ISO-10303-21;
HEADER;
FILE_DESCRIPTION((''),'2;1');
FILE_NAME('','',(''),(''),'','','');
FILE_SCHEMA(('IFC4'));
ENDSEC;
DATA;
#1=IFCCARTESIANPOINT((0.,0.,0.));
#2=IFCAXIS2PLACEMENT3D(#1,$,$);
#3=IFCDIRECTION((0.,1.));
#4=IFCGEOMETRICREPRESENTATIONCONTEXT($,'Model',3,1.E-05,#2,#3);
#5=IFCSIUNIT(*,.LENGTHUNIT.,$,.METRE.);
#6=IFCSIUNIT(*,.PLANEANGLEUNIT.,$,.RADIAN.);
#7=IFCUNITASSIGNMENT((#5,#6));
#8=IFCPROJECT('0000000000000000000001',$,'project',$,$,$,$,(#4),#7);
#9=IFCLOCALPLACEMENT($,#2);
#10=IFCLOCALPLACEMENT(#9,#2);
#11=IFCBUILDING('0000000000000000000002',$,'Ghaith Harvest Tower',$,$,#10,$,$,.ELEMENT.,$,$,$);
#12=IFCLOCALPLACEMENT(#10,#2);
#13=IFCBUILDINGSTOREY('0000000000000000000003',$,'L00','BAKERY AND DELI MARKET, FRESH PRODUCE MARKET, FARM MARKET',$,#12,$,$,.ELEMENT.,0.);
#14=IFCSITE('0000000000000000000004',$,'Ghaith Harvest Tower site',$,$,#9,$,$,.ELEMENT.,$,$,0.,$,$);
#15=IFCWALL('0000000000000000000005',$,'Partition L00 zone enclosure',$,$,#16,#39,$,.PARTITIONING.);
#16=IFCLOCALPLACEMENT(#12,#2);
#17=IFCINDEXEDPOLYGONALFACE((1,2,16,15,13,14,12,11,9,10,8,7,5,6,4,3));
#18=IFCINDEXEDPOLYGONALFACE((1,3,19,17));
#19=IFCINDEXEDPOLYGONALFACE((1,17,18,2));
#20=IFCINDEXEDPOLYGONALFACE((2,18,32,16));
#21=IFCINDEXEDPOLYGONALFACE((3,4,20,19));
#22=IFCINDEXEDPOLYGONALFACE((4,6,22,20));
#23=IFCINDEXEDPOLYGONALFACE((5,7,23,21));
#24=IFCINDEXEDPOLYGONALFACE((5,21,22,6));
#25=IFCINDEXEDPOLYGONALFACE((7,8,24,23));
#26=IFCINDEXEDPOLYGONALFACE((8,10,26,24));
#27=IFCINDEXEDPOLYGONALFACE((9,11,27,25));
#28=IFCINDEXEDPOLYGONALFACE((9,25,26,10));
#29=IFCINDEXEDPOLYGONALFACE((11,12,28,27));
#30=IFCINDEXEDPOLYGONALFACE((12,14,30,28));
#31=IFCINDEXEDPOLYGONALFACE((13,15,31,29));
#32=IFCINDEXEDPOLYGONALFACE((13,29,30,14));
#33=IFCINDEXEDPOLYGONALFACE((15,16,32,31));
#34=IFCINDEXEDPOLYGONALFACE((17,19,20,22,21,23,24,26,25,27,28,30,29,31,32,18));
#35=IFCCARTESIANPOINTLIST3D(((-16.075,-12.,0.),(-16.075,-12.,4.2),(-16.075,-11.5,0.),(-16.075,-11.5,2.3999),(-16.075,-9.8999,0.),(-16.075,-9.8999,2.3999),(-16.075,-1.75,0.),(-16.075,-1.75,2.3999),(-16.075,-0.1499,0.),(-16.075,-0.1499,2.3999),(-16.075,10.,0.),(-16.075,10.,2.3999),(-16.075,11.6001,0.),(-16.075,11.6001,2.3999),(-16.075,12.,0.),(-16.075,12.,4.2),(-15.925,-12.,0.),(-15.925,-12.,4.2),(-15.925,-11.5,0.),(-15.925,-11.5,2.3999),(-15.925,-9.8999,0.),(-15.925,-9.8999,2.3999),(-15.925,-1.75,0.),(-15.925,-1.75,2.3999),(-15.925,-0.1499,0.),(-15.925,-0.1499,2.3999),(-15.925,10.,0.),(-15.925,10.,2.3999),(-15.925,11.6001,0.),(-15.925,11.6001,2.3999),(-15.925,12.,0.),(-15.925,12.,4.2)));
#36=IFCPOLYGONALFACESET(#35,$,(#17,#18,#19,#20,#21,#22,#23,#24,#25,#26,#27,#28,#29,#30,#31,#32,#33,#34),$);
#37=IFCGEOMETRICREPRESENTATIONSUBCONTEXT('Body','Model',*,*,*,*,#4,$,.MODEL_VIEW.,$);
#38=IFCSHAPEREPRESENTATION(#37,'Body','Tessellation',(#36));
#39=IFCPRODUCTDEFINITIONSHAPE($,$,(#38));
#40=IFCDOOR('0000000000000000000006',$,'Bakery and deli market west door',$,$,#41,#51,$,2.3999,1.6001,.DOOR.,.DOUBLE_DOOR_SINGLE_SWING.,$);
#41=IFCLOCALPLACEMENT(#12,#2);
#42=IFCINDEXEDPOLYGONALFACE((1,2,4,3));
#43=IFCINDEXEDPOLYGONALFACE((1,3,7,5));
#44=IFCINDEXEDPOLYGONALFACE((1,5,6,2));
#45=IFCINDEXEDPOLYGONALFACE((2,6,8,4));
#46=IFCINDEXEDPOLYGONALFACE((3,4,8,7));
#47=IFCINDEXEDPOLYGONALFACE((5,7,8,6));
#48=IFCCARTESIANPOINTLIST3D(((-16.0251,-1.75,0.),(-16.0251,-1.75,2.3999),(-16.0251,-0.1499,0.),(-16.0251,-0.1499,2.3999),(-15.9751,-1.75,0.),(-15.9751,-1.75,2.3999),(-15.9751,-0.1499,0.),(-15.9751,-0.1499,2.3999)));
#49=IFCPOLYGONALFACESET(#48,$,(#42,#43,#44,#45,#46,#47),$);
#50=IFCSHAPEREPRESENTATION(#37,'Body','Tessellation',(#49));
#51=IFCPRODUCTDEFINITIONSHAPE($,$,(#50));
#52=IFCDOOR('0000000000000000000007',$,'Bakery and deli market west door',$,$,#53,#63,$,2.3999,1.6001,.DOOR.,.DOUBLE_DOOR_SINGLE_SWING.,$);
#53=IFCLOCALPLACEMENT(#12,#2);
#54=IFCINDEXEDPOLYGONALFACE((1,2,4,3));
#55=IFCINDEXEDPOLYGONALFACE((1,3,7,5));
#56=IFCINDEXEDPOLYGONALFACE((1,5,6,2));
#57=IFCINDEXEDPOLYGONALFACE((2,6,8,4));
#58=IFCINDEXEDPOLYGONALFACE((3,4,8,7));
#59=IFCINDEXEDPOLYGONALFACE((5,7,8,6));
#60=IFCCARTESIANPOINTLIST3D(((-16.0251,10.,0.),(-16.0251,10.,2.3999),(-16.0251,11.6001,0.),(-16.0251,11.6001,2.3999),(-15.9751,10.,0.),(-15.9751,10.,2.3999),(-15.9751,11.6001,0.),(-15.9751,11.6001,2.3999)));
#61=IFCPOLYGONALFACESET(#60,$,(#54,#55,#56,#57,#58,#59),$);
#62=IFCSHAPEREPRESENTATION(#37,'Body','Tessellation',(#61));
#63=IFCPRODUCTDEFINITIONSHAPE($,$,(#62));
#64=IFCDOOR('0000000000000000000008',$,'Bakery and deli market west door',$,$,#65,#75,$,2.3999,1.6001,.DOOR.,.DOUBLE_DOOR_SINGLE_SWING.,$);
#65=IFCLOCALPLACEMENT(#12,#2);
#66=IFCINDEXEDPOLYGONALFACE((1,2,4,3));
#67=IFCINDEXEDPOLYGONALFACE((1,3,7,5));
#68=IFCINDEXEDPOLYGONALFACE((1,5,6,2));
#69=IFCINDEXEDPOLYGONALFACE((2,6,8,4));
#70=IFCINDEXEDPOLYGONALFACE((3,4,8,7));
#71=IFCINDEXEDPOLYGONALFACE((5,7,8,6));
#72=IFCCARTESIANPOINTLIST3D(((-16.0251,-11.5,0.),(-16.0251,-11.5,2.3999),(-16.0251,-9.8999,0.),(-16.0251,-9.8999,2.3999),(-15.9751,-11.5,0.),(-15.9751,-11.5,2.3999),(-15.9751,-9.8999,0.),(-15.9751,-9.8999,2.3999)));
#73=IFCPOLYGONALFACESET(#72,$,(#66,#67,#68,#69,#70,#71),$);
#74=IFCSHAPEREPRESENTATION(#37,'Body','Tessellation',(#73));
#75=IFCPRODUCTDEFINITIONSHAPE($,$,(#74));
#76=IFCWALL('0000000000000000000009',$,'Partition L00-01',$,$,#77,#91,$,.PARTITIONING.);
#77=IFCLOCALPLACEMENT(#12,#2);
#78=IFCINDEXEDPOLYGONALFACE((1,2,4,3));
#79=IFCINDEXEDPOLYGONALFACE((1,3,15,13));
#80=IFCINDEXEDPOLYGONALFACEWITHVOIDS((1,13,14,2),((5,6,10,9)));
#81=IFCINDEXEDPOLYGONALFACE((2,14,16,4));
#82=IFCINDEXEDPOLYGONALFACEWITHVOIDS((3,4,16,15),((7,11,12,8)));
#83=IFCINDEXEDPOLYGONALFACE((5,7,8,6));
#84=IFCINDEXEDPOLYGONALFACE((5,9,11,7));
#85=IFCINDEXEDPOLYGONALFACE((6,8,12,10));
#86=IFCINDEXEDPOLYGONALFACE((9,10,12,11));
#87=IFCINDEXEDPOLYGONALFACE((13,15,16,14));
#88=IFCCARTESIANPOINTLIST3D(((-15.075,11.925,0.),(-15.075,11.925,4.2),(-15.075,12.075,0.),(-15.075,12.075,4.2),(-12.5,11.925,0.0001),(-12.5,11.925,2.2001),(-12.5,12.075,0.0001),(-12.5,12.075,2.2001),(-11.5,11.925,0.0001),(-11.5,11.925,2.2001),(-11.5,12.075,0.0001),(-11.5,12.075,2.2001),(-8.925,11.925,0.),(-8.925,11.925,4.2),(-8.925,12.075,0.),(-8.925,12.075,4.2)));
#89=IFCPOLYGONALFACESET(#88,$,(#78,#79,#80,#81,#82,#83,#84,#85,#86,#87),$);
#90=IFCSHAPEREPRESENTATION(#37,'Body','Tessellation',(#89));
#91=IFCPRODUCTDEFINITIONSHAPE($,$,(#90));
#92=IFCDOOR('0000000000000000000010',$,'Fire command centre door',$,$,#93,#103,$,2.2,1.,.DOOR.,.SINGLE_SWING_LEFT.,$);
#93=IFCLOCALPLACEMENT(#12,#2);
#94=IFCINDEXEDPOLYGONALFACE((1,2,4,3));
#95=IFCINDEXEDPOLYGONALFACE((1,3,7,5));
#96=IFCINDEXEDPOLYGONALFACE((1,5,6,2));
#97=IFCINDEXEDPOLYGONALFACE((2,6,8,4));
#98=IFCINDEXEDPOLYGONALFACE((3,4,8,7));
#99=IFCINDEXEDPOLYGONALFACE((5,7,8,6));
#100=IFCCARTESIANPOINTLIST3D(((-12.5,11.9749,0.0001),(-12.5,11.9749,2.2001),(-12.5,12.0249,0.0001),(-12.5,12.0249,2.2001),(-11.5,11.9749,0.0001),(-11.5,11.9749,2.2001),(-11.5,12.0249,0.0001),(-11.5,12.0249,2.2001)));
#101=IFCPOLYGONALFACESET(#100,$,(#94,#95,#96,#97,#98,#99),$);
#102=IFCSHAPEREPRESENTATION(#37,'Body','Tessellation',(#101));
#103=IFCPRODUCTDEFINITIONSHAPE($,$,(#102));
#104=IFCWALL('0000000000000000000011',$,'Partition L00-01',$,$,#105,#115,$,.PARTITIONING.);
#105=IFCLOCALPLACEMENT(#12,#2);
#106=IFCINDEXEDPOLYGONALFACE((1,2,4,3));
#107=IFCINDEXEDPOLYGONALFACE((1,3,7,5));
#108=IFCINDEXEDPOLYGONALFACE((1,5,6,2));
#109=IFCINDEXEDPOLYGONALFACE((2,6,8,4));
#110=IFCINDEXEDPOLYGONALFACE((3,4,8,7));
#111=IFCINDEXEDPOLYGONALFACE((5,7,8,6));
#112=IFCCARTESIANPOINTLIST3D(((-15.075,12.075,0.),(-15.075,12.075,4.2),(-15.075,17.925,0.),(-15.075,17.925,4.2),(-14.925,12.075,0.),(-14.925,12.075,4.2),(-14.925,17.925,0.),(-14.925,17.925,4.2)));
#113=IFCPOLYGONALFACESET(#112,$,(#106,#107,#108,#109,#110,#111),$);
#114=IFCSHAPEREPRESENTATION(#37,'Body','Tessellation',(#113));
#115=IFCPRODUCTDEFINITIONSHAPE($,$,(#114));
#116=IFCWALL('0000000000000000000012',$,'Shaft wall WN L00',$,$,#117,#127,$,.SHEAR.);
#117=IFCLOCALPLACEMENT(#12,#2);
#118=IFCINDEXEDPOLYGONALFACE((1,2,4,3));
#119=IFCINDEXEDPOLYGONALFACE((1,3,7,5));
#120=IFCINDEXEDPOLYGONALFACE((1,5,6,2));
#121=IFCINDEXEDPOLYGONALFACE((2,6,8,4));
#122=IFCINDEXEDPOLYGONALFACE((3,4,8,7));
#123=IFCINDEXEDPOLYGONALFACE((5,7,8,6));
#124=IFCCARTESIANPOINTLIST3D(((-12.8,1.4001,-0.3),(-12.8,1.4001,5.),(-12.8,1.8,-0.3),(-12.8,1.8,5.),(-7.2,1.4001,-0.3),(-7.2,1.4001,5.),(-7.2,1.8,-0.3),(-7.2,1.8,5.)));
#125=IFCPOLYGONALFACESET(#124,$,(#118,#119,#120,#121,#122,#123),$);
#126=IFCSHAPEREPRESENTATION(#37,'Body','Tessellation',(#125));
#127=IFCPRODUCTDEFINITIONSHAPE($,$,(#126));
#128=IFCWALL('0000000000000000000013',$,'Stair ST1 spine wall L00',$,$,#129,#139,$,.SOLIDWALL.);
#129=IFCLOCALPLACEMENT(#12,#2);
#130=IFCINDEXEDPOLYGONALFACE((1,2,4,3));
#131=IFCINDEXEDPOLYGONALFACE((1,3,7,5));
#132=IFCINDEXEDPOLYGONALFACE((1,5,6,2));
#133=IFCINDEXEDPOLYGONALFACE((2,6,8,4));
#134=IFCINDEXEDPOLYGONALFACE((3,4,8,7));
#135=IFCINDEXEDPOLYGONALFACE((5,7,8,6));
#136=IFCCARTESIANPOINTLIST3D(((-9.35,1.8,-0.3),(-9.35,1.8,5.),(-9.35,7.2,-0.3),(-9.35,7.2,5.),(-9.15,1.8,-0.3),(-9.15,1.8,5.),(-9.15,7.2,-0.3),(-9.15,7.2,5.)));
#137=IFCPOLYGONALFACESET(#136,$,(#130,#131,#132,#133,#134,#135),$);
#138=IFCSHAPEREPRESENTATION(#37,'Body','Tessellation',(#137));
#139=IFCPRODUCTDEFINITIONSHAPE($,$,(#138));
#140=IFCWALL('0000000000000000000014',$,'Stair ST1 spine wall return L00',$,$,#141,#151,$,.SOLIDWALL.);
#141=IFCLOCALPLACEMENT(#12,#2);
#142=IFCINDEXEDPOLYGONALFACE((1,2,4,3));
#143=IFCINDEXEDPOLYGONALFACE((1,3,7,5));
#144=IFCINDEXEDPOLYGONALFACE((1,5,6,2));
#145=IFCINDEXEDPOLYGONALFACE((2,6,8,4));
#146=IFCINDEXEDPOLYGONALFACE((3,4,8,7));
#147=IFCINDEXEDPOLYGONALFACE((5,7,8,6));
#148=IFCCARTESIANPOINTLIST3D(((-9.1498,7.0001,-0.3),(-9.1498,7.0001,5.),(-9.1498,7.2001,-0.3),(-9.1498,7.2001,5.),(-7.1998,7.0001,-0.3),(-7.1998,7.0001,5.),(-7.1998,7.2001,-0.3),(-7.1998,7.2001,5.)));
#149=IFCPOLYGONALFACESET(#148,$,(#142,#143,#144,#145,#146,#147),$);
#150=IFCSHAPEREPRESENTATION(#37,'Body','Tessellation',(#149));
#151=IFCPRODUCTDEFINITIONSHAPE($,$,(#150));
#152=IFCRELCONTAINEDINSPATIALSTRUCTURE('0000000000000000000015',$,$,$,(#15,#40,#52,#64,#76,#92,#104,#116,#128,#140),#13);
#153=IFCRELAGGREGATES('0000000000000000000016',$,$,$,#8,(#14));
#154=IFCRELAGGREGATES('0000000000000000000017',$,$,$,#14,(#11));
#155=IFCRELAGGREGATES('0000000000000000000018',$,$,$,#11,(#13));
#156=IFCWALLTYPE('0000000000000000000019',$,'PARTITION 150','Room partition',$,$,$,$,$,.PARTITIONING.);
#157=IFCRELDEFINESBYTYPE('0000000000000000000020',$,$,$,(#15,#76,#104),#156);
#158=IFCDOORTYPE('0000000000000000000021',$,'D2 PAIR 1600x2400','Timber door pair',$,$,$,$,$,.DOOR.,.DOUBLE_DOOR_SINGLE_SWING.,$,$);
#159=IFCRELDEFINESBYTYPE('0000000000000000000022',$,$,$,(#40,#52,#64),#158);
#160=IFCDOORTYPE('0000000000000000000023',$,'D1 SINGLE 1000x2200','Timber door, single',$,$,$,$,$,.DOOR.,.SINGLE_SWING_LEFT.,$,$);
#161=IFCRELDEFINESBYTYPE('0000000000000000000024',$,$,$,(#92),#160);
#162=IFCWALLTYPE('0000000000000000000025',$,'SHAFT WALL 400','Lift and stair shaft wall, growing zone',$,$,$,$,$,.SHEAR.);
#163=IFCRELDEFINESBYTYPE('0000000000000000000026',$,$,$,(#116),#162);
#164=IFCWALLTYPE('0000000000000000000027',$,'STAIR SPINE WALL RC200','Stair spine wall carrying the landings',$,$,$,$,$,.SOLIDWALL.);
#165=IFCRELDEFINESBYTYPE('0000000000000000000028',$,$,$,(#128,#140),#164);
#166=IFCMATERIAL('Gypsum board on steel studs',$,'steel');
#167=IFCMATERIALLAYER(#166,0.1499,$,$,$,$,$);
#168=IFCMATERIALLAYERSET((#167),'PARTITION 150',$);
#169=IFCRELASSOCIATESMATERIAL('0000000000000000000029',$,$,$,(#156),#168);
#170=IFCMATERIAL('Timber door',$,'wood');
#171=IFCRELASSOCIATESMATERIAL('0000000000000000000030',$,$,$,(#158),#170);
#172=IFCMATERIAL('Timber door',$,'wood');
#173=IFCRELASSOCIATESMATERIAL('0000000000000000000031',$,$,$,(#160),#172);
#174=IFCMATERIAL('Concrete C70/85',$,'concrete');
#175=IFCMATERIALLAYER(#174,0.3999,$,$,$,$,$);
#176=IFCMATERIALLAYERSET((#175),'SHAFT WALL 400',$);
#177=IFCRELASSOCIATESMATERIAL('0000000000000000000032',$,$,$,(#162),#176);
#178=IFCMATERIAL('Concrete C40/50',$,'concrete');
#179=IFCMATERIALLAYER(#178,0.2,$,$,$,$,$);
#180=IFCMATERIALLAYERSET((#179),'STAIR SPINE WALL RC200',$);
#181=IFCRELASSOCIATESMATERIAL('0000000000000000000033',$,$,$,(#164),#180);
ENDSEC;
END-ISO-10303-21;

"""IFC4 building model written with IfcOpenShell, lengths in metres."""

from ifc_helpers import new_model, si_unit, direction, frame, frame_2d, origin, place, context, subcontext, project, spatial, rectangle, extrude, material, layer, layer_set, type_object, element, fill, save


model = new_model("IFC4")

# Units and contexts
model_context = context("Model", 3, precision=1e-05, world=origin(), true_north=direction((0.0, 1.0)))
body_context = subcontext(model_context, "Body", "Model", "MODEL_VIEW")
ifc_project = project(units=[si_unit("LENGTHUNIT", "METRE"), si_unit("PLANEANGLEUNIT", "RADIAN")], contexts=[model_context])

# Site, building, storey
site_placement = place(None, origin())
site = spatial("IfcSite", under=ifc_project, at=site_placement, Name="Ghaith Harvest Tower site", CompositionType="ELEMENT", RefElevation=0.0)
building_placement = place(site_placement, origin())
building = spatial("IfcBuilding", under=site, at=building_placement, Name="Ghaith Harvest Tower", CompositionType="ELEMENT")
storey_placement = place(building_placement, origin())
storey = spatial("IfcBuildingStorey", under=building, at=storey_placement, Name="L00", Description="BAKERY AND DELI MARKET, FRESH PRODUCE MARKET, FARM MARKET", CompositionType="ELEMENT", Elevation=0.0)

# Shared definitions
ifc_material_1 = material(Name="Gypsum board on steel studs", Category="steel")
ifc_layer_1 = layer(ifc_material_1, 0.1499)
ifc_layer_set_1 = layer_set([ifc_layer_1], Name="PARTITION 150")
wall_type_1 = type_object("IfcWallType", Name="PARTITION 150", Description="Room partition", PredefinedType="PARTITIONING", material=ifc_layer_set_1)

# Wall, openings, doors
wall_1_placement = place(storey_placement, frame((-16.0, 12.0, 0.0), z_axis=(0.0, 0.0, 1.0), x_axis=(0.0, -1.0, 0.0)))
wall_1 = element("IfcWall", 1, at=wall_1_placement, inside=storey, type_object=wall_type_1, Name="Partition L00 zone enclosure", PredefinedType="PARTITIONING", context=body_context, shape_type="SweptSolid", body=[
    extrude(rectangle(XDim=24.0, YDim=0.1499, at=frame_2d((12.0, 0.0))), origin(), (0.0, 0.0, 1.0), 4.2),
])
opening_1_placement = place(wall_1_placement, frame((12.1499, 0.0, 0.0)))
opening_1 = element("IfcOpeningElement", 2, at=opening_1_placement, cuts=wall_1, PredefinedType="OPENING", context=body_context, shape_type="SweptSolid", body=[
    extrude(rectangle(XDim=1.6001, YDim=2.3999, at=frame_2d((0.8, 1.2))), frame((0.0, 0.085, 0.0), z_axis=(0.0, -1.0, 0.0), x_axis=(1.0, 0.0, 0.0)), (0.0, 0.0, 1.0), 0.1699),
])
opening_2_placement = place(wall_1_placement, frame((0.3999, 0.0, 0.0)))
opening_2 = element("IfcOpeningElement", 3, at=opening_2_placement, cuts=wall_1, PredefinedType="OPENING", context=body_context, shape_type="SweptSolid", body=[
    extrude(rectangle(XDim=1.6001, YDim=2.3999, at=frame_2d((0.8, 1.2))), frame((0.0, 0.085, 0.0), z_axis=(0.0, -1.0, 0.0), x_axis=(1.0, 0.0, 0.0)), (0.0, 0.0, 1.0), 0.1699),
])
opening_3_placement = place(wall_1_placement, frame((21.8999, 0.0, 0.0)))
opening_3 = element("IfcOpeningElement", 4, at=opening_3_placement, cuts=wall_1, PredefinedType="OPENING", context=body_context, shape_type="SweptSolid", body=[
    extrude(rectangle(XDim=1.6001, YDim=2.3999, at=frame_2d((0.8, 1.2))), frame((0.0, 0.085, 0.0), z_axis=(0.0, -1.0, 0.0), x_axis=(1.0, 0.0, 0.0)), (0.0, 0.0, 1.0), 0.1699),
])
ifc_material_2 = material(Name="Timber door", Category="wood")
door_type_1 = type_object("IfcDoorType", Name="D2 PAIR 1600x2400", Description="Timber door pair", OperationType="DOUBLE_DOOR_SINGLE_SWING", PredefinedType="DOOR", material=ifc_material_2)
door_1_placement = place(opening_1_placement, origin())
door_1 = element("IfcDoor", 5, at=door_1_placement, inside=storey, type_object=door_type_1, Name="Bakery and deli market west door", OperationType="DOUBLE_DOOR_SINGLE_SWING", OverallHeight=2.3999, OverallWidth=1.6001, PredefinedType="DOOR", context=body_context, shape_type="SweptSolid", body=[
    extrude(rectangle(XDim=1.6001, YDim=2.3999, at=frame_2d((0.8, 1.2))), frame((0.0, 0.0249, 0.0), z_axis=(0.0, -1.0, 0.0), x_axis=(1.0, 0.0, 0.0)), (0.0, 0.0, 1.0), 0.05),
])
fill(opening_1, door_1)
door_2_placement = place(opening_2_placement, origin())
door_2 = element("IfcDoor", 6, at=door_2_placement, inside=storey, type_object=door_type_1, Name="Bakery and deli market west door", OperationType="DOUBLE_DOOR_SINGLE_SWING", OverallHeight=2.3999, OverallWidth=1.6001, PredefinedType="DOOR", context=body_context, shape_type="SweptSolid", body=[
    extrude(rectangle(XDim=1.6001, YDim=2.3999, at=frame_2d((0.8, 1.2))), frame((0.0, 0.0249, 0.0), z_axis=(0.0, -1.0, 0.0), x_axis=(1.0, 0.0, 0.0)), (0.0, 0.0, 1.0), 0.05),
])
fill(opening_2, door_2)
door_3_placement = place(opening_3_placement, origin())
door_3 = element("IfcDoor", 7, at=door_3_placement, inside=storey, type_object=door_type_1, Name="Bakery and deli market west door", OperationType="DOUBLE_DOOR_SINGLE_SWING", OverallHeight=2.3999, OverallWidth=1.6001, PredefinedType="DOOR", context=body_context, shape_type="SweptSolid", body=[
    extrude(rectangle(XDim=1.6001, YDim=2.3999, at=frame_2d((0.8, 1.2))), frame((0.0, 0.0249, 0.0), z_axis=(0.0, -1.0, 0.0), x_axis=(1.0, 0.0, 0.0)), (0.0, 0.0, 1.0), 0.05),
])
fill(opening_3, door_3)

# Wall, opening, door
wall_2_placement = place(storey_placement, frame((-15.075, 12.0, 0.0), z_axis=(0.0, 0.0, 1.0), x_axis=(1.0, 0.0, 0.0)))
wall_2 = element("IfcWall", 8, at=wall_2_placement, inside=storey, type_object=wall_type_1, Name="Partition L00-01", PredefinedType="PARTITIONING", context=body_context, shape_type="SweptSolid", body=[
    extrude(rectangle(XDim=6.1499, YDim=0.1499, at=frame_2d((3.075, 0.0))), origin(), (0.0, 0.0, 1.0), 4.2),
])
opening_4_placement = place(wall_2_placement, frame((2.575, 0.0, 0.0)))
opening_4 = element("IfcOpeningElement", 9, at=opening_4_placement, cuts=wall_2, PredefinedType="OPENING", context=body_context, shape_type="SweptSolid", body=[
    extrude(rectangle(XDim=1.0, YDim=2.2, at=frame_2d((0.5, 1.1001))), frame((0.0, 0.085, 0.0), z_axis=(0.0, -1.0, 0.0), x_axis=(1.0, 0.0, 0.0)), (0.0, 0.0, 1.0), 0.1699),
])
ifc_material_3 = material(Name="Timber door", Category="wood")
door_type_2 = type_object("IfcDoorType", Name="D1 SINGLE 1000x2200", Description="Timber door, single", OperationType="SINGLE_SWING_LEFT", PredefinedType="DOOR", material=ifc_material_3)
door_4_placement = place(opening_4_placement, origin())
door_4 = element("IfcDoor", 10, at=door_4_placement, inside=storey, type_object=door_type_2, Name="Fire command centre door", OperationType="SINGLE_SWING_LEFT", OverallHeight=2.2, OverallWidth=1.0, PredefinedType="DOOR", context=body_context, shape_type="SweptSolid", body=[
    extrude(rectangle(XDim=1.0, YDim=2.2, at=frame_2d((0.5, 1.1001))), frame((0.0, 0.0249, 0.0), z_axis=(0.0, -1.0, 0.0), x_axis=(1.0, 0.0, 0.0)), (0.0, 0.0, 1.0), 0.05),
])
fill(opening_4, door_4)

# Walls
wall_3_placement = place(storey_placement, frame((-15.0, 12.075, 0.0), z_axis=(0.0, 0.0, 1.0), x_axis=(0.0, 1.0, 0.0)))
element("IfcWall", 11, at=wall_3_placement, inside=storey, type_object=wall_type_1, Name="Partition L00-01", PredefinedType="PARTITIONING", context=body_context, shape_type="SweptSolid", body=[
    extrude(rectangle(XDim=5.8501, YDim=0.1499, at=frame_2d((2.925, 0.0))), origin(), (0.0, 0.0, 1.0), 4.2),
])
ifc_material_4 = material(Name="Concrete C70/85", Category="concrete")
ifc_layer_2 = layer(ifc_material_4, 0.3999)
ifc_layer_set_2 = layer_set([ifc_layer_2], Name="SHAFT WALL 400")
wall_type_2 = type_object("IfcWallType", Name="SHAFT WALL 400", Description="Lift and stair shaft wall, growing zone", PredefinedType="SHEAR", material=ifc_layer_set_2)
wall_4_placement = place(storey_placement, frame((-12.8, 1.6001, -0.3), z_axis=(0.0, 0.0, 1.0), x_axis=(1.0, 0.0, 0.0)))
element("IfcWall", 12, at=wall_4_placement, inside=storey, type_object=wall_type_2, Name="Shaft wall WN L00", PredefinedType="SHEAR", context=body_context, shape_type="SweptSolid", body=[
    extrude(rectangle(XDim=5.6001, YDim=0.3999, at=frame_2d((2.8, 0.0))), origin(), (0.0, 0.0, 1.0), 5.3),
])
ifc_material_5 = material(Name="Concrete C40/50", Category="concrete")
ifc_layer_3 = layer(ifc_material_5, 0.2)
ifc_layer_set_3 = layer_set([ifc_layer_3], Name="STAIR SPINE WALL RC200")
wall_type_3 = type_object("IfcWallType", Name="STAIR SPINE WALL RC200", Description="Stair spine wall carrying the landings", PredefinedType="SOLIDWALL", material=ifc_layer_set_3)
wall_5_placement = place(storey_placement, frame((-9.25, 7.2, -0.3), z_axis=(0.0, 0.0, 1.0), x_axis=(0.0, -1.0, 0.0)))
element("IfcWall", 13, at=wall_5_placement, inside=storey, type_object=wall_type_3, Name="Stair ST1 spine wall L00", PredefinedType="SOLIDWALL", context=body_context, shape_type="SweptSolid", body=[
    extrude(rectangle(XDim=5.3999, YDim=0.2, at=frame_2d((2.7, 0.0))), origin(), (0.0, 0.0, 1.0), 5.3),
])
wall_6_placement = place(storey_placement, frame((-9.1499, 7.1001, -0.3), z_axis=(0.0, 0.0, 1.0), x_axis=(1.0, 0.0, 0.0)))
element("IfcWall", 14, at=wall_6_placement, inside=storey, type_object=wall_type_3, Name="Stair ST1 spine wall return L00", PredefinedType="SOLIDWALL", context=body_context, shape_type="SweptSolid", body=[
    extrude(rectangle(XDim=1.95, YDim=0.2, at=frame_2d((0.9751, 0.0))), origin(), (0.0, 0.0, 1.0), 5.3),
])

save(model, "model.ifc")
